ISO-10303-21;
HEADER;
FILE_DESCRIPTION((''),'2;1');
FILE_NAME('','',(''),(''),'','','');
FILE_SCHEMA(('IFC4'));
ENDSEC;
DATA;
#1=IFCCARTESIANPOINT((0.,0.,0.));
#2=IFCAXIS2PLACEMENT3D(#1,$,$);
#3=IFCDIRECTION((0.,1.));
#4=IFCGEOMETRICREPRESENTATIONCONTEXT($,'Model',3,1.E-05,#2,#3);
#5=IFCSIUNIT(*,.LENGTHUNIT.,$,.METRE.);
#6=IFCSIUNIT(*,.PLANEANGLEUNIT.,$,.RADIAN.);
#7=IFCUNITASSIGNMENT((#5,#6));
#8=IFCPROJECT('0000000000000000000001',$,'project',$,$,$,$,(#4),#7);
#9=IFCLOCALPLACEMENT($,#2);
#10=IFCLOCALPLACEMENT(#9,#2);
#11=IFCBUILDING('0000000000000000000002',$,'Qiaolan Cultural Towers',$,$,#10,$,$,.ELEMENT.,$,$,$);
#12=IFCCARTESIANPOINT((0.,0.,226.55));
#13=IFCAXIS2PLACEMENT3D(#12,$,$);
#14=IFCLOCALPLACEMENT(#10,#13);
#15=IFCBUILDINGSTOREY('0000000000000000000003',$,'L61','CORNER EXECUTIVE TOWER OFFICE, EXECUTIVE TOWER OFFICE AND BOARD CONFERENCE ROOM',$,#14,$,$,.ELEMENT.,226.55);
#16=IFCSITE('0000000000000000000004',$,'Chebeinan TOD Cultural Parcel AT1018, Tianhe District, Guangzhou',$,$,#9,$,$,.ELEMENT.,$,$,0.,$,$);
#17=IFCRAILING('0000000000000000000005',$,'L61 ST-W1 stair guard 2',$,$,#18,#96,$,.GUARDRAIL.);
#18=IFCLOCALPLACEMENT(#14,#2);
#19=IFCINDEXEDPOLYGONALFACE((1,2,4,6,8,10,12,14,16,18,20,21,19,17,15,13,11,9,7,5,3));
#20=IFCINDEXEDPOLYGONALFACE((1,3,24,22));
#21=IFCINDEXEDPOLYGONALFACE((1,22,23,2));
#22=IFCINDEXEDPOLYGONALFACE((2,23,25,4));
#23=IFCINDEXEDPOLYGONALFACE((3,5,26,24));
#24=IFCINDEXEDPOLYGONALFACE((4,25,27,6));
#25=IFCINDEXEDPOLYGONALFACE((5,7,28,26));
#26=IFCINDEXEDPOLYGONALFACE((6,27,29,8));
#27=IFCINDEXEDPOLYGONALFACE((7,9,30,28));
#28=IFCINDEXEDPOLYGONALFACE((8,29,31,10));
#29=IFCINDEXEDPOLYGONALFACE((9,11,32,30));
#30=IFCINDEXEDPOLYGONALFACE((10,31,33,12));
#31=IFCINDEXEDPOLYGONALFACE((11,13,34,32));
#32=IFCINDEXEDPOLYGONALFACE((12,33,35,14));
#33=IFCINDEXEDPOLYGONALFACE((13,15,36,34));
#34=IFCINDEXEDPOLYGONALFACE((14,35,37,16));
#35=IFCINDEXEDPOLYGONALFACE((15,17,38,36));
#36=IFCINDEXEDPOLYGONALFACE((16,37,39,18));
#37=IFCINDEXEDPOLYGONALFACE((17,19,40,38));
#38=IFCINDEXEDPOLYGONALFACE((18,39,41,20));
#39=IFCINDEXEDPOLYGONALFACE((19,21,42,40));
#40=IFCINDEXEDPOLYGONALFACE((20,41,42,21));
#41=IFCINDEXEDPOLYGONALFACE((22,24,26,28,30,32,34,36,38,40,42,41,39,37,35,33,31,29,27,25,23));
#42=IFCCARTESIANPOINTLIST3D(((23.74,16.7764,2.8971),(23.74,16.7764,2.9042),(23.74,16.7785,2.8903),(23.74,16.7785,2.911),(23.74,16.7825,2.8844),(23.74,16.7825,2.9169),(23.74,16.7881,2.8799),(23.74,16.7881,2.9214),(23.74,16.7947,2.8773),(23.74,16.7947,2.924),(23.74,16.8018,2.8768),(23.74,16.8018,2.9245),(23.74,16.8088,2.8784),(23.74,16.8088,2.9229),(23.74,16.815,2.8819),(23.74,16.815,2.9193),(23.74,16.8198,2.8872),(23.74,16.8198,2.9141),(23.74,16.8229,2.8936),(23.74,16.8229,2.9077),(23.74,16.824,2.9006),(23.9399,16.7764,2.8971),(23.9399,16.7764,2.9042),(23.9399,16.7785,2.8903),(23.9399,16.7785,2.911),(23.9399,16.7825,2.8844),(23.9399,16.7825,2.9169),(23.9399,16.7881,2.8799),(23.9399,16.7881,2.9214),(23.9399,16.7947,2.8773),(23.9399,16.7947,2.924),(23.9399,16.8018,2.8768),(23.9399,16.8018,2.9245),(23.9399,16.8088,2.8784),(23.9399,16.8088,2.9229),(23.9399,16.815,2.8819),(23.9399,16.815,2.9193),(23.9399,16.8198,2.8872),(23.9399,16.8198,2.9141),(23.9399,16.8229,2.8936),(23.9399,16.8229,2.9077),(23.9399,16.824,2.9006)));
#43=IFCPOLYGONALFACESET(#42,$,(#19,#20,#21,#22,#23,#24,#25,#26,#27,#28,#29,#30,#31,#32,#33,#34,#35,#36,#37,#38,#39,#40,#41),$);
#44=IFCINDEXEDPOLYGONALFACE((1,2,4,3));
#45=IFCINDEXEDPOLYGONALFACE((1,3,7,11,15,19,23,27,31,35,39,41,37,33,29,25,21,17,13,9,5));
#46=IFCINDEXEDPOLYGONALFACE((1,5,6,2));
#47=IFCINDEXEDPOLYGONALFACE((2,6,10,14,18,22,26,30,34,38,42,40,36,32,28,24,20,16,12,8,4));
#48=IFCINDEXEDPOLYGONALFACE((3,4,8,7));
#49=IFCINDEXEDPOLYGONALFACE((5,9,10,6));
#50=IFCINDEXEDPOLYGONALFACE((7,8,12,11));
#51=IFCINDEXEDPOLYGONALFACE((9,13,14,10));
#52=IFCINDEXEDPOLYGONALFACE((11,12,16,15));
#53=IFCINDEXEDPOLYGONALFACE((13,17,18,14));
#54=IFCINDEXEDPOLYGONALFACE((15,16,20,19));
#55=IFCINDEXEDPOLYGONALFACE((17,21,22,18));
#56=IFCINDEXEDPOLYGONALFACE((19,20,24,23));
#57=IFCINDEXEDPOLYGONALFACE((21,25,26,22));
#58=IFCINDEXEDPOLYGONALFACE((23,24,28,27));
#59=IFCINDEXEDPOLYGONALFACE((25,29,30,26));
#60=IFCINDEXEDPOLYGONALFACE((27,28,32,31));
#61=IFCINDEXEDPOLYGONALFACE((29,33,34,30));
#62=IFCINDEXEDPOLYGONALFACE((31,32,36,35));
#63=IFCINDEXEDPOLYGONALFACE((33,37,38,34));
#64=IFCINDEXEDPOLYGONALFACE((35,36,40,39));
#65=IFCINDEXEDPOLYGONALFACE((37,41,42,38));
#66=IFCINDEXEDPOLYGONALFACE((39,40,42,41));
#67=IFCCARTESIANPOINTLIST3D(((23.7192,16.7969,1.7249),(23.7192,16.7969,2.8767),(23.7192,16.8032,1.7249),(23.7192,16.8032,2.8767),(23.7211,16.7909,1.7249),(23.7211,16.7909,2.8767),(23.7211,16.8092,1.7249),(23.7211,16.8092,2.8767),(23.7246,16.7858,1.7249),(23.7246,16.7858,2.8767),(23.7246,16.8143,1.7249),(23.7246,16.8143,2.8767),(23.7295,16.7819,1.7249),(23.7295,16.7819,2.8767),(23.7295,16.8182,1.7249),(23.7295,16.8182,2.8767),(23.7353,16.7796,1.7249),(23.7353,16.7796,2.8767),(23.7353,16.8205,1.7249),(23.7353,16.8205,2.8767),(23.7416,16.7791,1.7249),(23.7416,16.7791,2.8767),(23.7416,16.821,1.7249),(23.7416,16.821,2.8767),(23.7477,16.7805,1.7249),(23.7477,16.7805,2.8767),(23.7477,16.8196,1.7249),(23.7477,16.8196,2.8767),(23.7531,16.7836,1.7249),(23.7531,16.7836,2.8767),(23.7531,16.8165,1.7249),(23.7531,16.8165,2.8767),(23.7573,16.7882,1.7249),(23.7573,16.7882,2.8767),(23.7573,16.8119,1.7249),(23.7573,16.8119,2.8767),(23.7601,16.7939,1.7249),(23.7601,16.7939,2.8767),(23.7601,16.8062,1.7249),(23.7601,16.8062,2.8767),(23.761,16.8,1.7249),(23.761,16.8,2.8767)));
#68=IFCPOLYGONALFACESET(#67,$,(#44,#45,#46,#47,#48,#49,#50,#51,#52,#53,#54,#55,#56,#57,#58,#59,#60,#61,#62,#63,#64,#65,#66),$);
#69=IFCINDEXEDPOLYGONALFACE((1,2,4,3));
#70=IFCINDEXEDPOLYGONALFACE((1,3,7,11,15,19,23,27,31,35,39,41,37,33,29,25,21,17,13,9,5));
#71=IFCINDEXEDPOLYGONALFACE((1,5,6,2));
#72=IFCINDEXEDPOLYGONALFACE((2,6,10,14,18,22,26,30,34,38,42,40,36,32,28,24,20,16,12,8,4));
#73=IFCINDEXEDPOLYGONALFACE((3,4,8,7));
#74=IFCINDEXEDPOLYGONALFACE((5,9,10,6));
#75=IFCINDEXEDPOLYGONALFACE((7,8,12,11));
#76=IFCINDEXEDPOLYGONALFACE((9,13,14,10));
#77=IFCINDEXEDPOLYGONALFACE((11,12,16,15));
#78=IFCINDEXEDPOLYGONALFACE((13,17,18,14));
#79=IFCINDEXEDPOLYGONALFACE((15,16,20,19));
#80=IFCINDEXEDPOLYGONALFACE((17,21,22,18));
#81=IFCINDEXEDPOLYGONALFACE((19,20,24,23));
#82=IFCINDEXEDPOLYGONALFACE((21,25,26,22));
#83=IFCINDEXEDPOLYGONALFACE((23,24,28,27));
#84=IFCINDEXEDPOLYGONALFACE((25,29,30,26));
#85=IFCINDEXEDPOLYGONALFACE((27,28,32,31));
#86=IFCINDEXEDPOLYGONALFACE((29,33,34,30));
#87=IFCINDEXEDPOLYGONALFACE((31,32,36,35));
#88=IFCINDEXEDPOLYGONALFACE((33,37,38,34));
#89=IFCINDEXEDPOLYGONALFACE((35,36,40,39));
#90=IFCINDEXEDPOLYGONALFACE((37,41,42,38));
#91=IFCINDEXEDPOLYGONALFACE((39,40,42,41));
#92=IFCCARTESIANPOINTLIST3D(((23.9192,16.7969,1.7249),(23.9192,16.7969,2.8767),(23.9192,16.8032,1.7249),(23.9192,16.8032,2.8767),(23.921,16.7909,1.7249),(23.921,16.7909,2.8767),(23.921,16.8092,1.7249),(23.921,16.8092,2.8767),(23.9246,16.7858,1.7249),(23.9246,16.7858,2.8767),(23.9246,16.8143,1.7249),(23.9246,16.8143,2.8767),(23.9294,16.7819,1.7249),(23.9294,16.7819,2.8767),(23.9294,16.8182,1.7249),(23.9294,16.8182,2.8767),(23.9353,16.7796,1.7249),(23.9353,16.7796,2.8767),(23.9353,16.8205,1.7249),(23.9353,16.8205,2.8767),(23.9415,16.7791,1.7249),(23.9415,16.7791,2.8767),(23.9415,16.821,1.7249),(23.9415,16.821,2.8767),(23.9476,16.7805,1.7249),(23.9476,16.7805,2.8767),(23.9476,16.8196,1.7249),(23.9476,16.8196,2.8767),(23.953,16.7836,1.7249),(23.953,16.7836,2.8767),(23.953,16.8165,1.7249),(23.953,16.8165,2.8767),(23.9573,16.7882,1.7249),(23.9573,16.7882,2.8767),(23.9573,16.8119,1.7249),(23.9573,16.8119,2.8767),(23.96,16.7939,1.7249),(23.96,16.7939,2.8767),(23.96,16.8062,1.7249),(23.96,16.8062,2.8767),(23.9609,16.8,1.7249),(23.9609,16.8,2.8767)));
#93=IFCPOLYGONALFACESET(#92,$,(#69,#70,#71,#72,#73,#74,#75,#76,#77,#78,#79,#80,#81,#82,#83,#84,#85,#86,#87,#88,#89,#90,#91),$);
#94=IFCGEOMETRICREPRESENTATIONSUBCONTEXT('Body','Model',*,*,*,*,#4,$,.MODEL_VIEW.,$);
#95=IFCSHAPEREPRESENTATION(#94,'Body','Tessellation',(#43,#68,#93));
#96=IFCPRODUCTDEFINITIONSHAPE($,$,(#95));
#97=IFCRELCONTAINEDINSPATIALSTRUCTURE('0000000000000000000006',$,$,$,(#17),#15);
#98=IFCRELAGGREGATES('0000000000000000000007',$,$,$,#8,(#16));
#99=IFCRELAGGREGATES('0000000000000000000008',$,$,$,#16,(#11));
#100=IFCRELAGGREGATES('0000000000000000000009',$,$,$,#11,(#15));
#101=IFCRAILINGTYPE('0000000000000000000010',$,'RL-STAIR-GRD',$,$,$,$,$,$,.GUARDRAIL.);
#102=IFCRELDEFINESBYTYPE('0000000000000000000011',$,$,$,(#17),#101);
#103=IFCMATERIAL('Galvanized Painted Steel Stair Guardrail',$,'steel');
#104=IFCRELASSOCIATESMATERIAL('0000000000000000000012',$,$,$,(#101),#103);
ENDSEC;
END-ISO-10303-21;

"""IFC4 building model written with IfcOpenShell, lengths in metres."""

from ifc_helpers import new_model, si_unit, direction, frame, origin, origin_2d, place, context, subcontext, project, spatial, circle, extrude, material, type_object, element, save


model = new_model("IFC4")

# Units and contexts
model_context = context("Model", 3, precision=1e-05, world=origin(), true_north=direction((0.0, 1.0)))
body_context = subcontext(model_context, "Body", "Model", "MODEL_VIEW")
ifc_project = project(units=[si_unit("LENGTHUNIT", "METRE"), si_unit("PLANEANGLEUNIT", "RADIAN")], contexts=[model_context])

# Site, building, storey
site_placement = place(None, origin())
site = spatial("IfcSite", under=ifc_project, at=site_placement, Name="Chebeinan TOD Cultural Parcel AT1018, Tianhe District, Guangzhou", CompositionType="ELEMENT", RefElevation=0.0)
building_placement = place(site_placement, origin())
building = spatial("IfcBuilding", under=site, at=building_placement, Name="Qiaolan Cultural Towers", CompositionType="ELEMENT")
storey_placement = place(building_placement, frame((0.0, 0.0, 226.55)))
storey = spatial("IfcBuildingStorey", under=building, at=storey_placement, Name="L61", Description="CORNER EXECUTIVE TOWER OFFICE, EXECUTIVE TOWER OFFICE AND BOARD CONFERENCE ROOM", CompositionType="ELEMENT", Elevation=226.55)

# Railing
ifc_material_1 = material(Name="Galvanized Painted Steel Stair Guardrail", Category="steel")
railing_type_1 = type_object("IfcRailingType", Name="RL-STAIR-GRD", PredefinedType="GUARDRAIL", material=ifc_material_1)
railing_1_placement = place(storey_placement, frame((23.74, 16.8, 1.7249)))
element("IfcRailing", 1, at=railing_1_placement, inside=storey, type_object=railing_type_1, Name="L61 ST-W1 stair guard 2", PredefinedType="GUARDRAIL", context=body_context, shape_type="SweptSolid", body=[
    extrude(circle(Radius=0.0239, at=origin_2d()), frame((0.0, 0.0, 1.1758), z_axis=(1.0, 0.0, 0.0), x_axis=(0.0, 1.0, 0.0)), (0.0, 0.0, 1.0), 0.2),
    extrude(circle(Radius=0.021, at=origin_2d()), origin(), (0.0, 0.0, 1.0), 1.1519),
    extrude(circle(Radius=0.021, at=origin_2d()), frame((0.2, 0.0, 0.0)), (0.0, 0.0, 1.0), 1.1519),
])

save(model, "model.ifc")
